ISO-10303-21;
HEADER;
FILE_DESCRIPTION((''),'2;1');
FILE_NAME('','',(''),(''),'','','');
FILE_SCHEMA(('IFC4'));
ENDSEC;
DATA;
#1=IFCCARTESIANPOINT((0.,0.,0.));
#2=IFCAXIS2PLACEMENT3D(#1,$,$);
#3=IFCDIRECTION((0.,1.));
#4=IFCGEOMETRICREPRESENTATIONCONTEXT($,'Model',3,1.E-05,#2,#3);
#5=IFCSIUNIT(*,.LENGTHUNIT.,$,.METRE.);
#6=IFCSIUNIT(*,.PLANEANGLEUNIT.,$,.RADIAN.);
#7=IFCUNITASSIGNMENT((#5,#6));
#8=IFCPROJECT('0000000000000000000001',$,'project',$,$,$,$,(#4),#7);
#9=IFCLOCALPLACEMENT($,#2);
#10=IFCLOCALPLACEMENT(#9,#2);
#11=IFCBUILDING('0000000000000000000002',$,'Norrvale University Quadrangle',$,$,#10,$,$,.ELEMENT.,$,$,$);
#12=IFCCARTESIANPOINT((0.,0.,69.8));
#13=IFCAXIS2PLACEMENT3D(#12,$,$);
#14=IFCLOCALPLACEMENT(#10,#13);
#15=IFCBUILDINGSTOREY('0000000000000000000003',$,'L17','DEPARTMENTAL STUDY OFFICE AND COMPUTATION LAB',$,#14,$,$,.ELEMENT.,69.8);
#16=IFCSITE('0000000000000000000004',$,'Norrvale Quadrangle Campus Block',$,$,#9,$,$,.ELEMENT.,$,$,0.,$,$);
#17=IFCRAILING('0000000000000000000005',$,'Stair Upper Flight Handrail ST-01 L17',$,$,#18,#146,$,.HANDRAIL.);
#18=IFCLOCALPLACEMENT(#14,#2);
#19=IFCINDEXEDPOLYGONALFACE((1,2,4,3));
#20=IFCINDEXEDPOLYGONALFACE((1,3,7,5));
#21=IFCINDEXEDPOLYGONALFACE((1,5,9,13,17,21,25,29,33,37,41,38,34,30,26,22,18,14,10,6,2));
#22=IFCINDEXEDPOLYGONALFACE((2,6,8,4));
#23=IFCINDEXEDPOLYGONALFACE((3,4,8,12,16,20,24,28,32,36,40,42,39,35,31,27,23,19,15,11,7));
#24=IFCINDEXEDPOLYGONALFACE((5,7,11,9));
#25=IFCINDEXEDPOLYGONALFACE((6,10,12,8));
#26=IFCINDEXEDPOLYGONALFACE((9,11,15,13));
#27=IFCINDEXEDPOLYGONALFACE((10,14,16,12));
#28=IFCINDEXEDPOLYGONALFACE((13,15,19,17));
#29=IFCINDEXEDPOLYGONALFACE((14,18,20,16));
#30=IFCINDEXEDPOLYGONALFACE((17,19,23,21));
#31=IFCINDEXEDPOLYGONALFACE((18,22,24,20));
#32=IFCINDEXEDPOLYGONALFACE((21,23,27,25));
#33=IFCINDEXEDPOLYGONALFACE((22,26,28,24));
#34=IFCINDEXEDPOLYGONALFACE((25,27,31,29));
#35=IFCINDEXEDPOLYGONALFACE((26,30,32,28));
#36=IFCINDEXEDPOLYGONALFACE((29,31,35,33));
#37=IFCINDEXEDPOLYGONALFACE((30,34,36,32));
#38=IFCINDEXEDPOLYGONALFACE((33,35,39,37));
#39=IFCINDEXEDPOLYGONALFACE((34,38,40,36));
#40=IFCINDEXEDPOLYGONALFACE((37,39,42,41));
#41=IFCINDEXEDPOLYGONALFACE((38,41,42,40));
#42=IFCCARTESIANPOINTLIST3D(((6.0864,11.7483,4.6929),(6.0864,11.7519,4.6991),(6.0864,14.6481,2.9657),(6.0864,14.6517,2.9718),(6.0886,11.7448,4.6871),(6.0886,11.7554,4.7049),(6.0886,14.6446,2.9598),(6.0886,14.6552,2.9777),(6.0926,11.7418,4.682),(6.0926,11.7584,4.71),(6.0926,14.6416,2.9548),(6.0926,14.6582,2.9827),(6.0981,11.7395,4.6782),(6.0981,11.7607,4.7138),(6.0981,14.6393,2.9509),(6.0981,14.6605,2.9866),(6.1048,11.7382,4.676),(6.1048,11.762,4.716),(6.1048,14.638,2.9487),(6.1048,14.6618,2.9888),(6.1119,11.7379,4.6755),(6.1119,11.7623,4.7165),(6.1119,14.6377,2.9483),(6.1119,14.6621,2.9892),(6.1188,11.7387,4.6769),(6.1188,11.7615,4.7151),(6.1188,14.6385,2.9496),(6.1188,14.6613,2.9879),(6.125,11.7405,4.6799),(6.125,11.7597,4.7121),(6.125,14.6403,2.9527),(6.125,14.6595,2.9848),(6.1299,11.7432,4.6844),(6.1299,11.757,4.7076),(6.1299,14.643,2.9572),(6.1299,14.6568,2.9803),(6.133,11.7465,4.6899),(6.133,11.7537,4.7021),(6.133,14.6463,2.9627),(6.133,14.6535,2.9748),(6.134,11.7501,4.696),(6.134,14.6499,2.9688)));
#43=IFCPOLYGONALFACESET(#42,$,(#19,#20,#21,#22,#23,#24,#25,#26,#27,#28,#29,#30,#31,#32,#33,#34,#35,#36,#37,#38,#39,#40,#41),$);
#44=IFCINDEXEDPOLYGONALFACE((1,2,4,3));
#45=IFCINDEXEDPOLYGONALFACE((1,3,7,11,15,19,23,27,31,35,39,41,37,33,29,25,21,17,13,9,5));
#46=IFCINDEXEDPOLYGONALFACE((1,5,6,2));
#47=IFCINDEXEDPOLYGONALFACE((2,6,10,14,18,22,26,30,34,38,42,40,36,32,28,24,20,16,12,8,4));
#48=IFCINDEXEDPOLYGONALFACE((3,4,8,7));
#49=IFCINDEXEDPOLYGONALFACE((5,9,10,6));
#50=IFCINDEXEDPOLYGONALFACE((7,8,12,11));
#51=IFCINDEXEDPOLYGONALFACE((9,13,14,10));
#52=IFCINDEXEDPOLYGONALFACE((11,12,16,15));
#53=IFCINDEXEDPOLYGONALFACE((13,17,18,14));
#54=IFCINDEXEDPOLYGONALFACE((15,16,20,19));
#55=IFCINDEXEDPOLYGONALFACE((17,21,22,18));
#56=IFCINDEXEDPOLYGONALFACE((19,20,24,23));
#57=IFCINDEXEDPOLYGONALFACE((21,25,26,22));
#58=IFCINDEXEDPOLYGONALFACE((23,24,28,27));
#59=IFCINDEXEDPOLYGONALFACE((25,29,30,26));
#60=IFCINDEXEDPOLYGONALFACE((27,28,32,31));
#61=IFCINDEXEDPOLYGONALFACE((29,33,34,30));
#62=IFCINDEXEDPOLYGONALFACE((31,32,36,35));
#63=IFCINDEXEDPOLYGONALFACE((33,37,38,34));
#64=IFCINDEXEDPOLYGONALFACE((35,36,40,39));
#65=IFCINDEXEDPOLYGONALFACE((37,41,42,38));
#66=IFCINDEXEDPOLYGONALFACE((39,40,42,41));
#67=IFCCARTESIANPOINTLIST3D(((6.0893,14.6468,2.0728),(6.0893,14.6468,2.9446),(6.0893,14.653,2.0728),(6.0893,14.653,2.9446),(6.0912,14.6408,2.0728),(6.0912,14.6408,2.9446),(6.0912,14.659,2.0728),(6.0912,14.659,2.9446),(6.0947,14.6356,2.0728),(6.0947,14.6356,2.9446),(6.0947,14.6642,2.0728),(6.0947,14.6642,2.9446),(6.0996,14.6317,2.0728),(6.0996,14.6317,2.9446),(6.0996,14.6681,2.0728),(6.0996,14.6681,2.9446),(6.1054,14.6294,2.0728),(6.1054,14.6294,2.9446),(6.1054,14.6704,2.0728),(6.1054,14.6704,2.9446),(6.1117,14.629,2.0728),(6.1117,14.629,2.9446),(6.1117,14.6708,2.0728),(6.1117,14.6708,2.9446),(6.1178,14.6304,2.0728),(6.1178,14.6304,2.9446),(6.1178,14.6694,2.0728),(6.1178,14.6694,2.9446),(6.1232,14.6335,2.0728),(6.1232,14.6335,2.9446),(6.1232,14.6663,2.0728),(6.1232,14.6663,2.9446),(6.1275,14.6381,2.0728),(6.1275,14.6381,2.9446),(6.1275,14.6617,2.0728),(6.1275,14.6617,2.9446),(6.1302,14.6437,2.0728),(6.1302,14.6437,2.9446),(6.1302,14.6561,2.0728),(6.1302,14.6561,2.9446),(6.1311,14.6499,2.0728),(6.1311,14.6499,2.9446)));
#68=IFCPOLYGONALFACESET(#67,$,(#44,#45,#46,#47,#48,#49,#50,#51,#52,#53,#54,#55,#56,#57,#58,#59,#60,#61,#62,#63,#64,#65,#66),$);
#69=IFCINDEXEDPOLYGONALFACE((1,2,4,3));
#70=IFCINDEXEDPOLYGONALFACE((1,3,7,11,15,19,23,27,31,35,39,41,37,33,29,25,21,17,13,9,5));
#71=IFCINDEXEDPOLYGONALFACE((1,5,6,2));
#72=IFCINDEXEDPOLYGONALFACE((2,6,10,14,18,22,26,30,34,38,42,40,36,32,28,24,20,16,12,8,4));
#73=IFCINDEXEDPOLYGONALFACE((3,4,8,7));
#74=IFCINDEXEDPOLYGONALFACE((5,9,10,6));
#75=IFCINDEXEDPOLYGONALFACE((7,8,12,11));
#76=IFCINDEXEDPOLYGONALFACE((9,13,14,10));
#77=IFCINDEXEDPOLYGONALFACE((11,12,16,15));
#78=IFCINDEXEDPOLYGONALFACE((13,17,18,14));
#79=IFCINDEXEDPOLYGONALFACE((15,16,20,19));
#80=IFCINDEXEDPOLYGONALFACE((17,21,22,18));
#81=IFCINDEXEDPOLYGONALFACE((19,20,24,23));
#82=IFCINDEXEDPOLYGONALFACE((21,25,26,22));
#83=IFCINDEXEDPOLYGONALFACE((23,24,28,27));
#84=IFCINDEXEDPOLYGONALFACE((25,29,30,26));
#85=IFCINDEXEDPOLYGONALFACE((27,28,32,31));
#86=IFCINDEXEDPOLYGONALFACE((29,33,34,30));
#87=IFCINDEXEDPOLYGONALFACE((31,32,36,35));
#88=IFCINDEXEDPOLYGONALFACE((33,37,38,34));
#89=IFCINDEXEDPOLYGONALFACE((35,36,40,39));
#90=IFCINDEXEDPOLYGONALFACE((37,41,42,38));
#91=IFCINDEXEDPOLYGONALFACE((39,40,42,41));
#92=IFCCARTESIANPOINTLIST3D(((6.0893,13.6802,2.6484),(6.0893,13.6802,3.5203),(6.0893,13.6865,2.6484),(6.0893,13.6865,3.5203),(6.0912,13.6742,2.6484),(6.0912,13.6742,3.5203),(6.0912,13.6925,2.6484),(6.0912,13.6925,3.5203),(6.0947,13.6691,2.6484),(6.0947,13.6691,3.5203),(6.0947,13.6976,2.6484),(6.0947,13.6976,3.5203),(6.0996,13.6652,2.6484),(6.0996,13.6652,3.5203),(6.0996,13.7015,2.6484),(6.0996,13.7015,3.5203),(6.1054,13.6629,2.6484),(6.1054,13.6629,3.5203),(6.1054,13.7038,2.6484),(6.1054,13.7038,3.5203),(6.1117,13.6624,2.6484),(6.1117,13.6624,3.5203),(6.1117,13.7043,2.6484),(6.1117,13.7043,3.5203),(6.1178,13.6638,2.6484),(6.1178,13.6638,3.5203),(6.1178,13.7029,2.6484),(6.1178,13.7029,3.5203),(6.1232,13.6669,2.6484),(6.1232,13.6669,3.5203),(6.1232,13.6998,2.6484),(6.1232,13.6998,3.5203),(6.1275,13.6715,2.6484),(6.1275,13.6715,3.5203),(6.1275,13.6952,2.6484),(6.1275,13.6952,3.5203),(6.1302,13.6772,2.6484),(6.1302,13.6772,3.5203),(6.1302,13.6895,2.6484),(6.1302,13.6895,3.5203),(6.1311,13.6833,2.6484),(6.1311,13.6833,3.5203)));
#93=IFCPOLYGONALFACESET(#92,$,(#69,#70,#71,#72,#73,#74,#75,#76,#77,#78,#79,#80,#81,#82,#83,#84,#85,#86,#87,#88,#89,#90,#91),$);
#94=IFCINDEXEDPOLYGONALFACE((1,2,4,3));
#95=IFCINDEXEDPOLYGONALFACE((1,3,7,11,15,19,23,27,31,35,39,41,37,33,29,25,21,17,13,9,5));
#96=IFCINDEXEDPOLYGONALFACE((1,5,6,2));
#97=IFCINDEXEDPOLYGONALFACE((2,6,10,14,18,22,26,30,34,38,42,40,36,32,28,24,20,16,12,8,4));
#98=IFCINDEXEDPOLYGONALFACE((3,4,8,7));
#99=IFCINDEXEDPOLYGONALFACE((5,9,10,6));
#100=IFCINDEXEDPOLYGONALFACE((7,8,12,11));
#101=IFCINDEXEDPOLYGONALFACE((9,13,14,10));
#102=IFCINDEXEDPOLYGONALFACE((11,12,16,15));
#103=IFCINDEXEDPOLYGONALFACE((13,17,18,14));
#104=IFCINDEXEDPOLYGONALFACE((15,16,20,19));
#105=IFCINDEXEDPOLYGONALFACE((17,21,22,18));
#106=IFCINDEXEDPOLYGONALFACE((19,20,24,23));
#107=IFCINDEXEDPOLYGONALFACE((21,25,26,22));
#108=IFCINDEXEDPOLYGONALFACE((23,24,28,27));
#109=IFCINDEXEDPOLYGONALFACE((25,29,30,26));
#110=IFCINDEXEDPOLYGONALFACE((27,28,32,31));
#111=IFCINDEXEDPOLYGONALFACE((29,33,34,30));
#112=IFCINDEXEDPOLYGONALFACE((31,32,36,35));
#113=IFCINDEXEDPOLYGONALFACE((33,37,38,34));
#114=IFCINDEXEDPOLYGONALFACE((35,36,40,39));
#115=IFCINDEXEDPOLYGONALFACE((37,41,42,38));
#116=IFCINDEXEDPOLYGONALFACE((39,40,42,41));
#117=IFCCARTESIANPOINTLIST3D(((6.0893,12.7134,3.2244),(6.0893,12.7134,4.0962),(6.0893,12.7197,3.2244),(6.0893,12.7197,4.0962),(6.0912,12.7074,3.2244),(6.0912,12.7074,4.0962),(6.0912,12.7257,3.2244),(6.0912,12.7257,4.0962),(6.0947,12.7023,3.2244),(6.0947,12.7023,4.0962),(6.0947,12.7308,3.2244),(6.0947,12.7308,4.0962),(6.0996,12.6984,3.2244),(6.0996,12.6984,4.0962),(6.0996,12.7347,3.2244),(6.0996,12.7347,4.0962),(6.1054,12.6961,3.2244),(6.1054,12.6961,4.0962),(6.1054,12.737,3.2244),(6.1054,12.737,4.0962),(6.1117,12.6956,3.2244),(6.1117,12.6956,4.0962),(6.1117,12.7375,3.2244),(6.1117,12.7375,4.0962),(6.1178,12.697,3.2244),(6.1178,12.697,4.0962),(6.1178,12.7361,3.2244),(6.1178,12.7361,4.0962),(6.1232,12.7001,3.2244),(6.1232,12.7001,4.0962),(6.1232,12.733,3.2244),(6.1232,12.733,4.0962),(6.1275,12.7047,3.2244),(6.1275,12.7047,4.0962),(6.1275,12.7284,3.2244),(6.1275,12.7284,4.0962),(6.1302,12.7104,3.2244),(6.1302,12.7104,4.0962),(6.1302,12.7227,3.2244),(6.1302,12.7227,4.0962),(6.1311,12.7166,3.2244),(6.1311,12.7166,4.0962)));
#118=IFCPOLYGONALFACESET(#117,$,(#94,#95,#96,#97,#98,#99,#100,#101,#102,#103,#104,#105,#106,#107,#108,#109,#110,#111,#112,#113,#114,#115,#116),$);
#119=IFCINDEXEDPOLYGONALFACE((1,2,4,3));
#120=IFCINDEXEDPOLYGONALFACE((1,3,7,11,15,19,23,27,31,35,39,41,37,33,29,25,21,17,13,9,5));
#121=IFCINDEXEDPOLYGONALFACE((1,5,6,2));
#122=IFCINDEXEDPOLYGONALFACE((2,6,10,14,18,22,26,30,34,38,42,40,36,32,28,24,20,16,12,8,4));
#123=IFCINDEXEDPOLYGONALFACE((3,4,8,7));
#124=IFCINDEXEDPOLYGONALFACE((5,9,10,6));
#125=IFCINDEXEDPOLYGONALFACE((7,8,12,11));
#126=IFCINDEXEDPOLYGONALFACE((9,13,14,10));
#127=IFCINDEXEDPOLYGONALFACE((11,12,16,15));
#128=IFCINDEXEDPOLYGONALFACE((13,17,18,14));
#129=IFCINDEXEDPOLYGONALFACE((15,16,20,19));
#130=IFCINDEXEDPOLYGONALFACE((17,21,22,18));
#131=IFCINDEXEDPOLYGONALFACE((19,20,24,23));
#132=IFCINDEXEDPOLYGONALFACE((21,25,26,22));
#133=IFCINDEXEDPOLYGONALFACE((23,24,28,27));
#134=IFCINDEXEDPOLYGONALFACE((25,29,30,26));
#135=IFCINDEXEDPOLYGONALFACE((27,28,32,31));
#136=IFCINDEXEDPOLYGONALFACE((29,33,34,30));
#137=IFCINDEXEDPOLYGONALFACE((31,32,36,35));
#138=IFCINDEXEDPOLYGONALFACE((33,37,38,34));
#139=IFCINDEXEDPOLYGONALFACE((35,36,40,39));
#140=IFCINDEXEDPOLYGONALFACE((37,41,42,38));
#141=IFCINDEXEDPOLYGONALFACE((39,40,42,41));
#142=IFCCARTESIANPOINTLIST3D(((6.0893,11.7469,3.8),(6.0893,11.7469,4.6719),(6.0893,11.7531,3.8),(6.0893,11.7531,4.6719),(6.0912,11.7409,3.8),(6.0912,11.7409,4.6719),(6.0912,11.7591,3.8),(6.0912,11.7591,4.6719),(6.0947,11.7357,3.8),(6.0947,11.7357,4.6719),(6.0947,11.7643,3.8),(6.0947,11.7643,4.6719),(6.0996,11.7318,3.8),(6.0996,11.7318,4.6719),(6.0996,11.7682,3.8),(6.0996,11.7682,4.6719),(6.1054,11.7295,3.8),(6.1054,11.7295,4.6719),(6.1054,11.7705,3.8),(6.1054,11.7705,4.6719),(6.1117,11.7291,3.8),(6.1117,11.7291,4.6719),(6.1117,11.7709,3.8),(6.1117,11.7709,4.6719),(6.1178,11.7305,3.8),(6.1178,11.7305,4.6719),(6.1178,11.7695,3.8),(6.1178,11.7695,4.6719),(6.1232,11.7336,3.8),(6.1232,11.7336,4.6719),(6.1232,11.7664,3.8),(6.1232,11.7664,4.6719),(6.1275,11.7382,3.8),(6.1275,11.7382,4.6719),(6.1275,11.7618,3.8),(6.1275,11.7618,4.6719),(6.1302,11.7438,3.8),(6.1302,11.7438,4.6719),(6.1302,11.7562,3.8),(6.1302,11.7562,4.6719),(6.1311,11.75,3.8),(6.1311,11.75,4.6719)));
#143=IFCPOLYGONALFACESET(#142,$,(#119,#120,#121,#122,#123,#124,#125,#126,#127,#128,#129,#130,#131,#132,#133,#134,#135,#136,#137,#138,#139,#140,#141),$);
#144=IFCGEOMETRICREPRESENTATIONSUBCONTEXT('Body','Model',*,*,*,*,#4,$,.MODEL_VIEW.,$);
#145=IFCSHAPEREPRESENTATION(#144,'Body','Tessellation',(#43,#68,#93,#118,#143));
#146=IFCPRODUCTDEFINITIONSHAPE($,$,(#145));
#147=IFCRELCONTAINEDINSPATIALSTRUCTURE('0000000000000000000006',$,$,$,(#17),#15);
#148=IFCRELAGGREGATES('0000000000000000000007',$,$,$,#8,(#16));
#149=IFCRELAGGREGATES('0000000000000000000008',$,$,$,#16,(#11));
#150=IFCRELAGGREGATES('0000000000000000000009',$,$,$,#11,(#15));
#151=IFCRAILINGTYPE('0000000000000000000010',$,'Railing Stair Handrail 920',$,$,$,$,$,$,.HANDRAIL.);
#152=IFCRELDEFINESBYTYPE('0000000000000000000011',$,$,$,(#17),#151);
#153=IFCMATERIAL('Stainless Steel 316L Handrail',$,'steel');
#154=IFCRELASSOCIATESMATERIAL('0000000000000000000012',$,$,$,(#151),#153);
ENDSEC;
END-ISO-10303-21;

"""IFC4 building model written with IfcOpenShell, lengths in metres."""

from ifc_helpers import new_model, si_unit, direction, frame, origin, origin_2d, place, context, subcontext, project, spatial, circle, extrude, material, type_object, element, save


model = new_model("IFC4")

# Units and contexts
model_context = context("Model", 3, precision=1e-05, world=origin(), true_north=direction((0.0, 1.0)))
body_context = subcontext(model_context, "Body", "Model", "MODEL_VIEW")
ifc_project = project(units=[si_unit("LENGTHUNIT", "METRE"), si_unit("PLANEANGLEUNIT", "RADIAN")], contexts=[model_context])

# Site, building, storey
site_placement = place(None, origin())
site = spatial("IfcSite", under=ifc_project, at=site_placement, Name="Norrvale Quadrangle Campus Block", CompositionType="ELEMENT", RefElevation=0.0)
building_placement = place(site_placement, origin())
building = spatial("IfcBuilding", under=site, at=building_placement, Name="Norrvale University Quadrangle", CompositionType="ELEMENT")
storey_placement = place(building_placement, frame((0.0, 0.0, 69.8)))
storey = spatial("IfcBuildingStorey", under=building, at=storey_placement, Name="L17", Description="DEPARTMENTAL STUDY OFFICE AND COMPUTATION LAB", CompositionType="ELEMENT", Elevation=69.8)

# Railing
ifc_material_1 = material(Name="Stainless Steel 316L Handrail", Category="steel")
railing_type_1 = type_object("IfcRailingType", Name="Railing Stair Handrail 920", PredefinedType="HANDRAIL", material=ifc_material_1)
railing_1_placement = place(storey_placement, frame((6.1101, 14.6499, 2.0728)))
element("IfcRailing", 1, at=railing_1_placement, inside=storey, type_object=railing_type_1, Name="Stair Upper Flight Handrail ST-01 L17", PredefinedType="HANDRAIL", context=body_context, shape_type="SweptSolid", body=[
    extrude(circle(Radius=0.0239, at=origin_2d()), frame((0.0, 0.0, 0.896), z_axis=(0.0, -0.859141, 0.511738), x_axis=(1.0, 0.0, 0.0)), (0.0, 0.0, 1.0), 3.3752),
    extrude(circle(Radius=0.021, at=origin_2d()), origin(), (0.0, 0.0, 1.0), 0.8718),
    extrude(circle(Radius=0.021, at=origin_2d()), frame((0.0, -0.9666, 0.5757)), (0.0, 0.0, 1.0), 0.8718),
    extrude(circle(Radius=0.021, at=origin_2d()), frame((0.0, -1.9333, 1.1516)), (0.0, 0.0, 1.0), 0.8718),
    extrude(circle(Radius=0.021, at=origin_2d()), frame((0.0, -2.8999, 1.7273)), (0.0, 0.0, 1.0), 0.8718),
])

save(model, "model.ifc")
